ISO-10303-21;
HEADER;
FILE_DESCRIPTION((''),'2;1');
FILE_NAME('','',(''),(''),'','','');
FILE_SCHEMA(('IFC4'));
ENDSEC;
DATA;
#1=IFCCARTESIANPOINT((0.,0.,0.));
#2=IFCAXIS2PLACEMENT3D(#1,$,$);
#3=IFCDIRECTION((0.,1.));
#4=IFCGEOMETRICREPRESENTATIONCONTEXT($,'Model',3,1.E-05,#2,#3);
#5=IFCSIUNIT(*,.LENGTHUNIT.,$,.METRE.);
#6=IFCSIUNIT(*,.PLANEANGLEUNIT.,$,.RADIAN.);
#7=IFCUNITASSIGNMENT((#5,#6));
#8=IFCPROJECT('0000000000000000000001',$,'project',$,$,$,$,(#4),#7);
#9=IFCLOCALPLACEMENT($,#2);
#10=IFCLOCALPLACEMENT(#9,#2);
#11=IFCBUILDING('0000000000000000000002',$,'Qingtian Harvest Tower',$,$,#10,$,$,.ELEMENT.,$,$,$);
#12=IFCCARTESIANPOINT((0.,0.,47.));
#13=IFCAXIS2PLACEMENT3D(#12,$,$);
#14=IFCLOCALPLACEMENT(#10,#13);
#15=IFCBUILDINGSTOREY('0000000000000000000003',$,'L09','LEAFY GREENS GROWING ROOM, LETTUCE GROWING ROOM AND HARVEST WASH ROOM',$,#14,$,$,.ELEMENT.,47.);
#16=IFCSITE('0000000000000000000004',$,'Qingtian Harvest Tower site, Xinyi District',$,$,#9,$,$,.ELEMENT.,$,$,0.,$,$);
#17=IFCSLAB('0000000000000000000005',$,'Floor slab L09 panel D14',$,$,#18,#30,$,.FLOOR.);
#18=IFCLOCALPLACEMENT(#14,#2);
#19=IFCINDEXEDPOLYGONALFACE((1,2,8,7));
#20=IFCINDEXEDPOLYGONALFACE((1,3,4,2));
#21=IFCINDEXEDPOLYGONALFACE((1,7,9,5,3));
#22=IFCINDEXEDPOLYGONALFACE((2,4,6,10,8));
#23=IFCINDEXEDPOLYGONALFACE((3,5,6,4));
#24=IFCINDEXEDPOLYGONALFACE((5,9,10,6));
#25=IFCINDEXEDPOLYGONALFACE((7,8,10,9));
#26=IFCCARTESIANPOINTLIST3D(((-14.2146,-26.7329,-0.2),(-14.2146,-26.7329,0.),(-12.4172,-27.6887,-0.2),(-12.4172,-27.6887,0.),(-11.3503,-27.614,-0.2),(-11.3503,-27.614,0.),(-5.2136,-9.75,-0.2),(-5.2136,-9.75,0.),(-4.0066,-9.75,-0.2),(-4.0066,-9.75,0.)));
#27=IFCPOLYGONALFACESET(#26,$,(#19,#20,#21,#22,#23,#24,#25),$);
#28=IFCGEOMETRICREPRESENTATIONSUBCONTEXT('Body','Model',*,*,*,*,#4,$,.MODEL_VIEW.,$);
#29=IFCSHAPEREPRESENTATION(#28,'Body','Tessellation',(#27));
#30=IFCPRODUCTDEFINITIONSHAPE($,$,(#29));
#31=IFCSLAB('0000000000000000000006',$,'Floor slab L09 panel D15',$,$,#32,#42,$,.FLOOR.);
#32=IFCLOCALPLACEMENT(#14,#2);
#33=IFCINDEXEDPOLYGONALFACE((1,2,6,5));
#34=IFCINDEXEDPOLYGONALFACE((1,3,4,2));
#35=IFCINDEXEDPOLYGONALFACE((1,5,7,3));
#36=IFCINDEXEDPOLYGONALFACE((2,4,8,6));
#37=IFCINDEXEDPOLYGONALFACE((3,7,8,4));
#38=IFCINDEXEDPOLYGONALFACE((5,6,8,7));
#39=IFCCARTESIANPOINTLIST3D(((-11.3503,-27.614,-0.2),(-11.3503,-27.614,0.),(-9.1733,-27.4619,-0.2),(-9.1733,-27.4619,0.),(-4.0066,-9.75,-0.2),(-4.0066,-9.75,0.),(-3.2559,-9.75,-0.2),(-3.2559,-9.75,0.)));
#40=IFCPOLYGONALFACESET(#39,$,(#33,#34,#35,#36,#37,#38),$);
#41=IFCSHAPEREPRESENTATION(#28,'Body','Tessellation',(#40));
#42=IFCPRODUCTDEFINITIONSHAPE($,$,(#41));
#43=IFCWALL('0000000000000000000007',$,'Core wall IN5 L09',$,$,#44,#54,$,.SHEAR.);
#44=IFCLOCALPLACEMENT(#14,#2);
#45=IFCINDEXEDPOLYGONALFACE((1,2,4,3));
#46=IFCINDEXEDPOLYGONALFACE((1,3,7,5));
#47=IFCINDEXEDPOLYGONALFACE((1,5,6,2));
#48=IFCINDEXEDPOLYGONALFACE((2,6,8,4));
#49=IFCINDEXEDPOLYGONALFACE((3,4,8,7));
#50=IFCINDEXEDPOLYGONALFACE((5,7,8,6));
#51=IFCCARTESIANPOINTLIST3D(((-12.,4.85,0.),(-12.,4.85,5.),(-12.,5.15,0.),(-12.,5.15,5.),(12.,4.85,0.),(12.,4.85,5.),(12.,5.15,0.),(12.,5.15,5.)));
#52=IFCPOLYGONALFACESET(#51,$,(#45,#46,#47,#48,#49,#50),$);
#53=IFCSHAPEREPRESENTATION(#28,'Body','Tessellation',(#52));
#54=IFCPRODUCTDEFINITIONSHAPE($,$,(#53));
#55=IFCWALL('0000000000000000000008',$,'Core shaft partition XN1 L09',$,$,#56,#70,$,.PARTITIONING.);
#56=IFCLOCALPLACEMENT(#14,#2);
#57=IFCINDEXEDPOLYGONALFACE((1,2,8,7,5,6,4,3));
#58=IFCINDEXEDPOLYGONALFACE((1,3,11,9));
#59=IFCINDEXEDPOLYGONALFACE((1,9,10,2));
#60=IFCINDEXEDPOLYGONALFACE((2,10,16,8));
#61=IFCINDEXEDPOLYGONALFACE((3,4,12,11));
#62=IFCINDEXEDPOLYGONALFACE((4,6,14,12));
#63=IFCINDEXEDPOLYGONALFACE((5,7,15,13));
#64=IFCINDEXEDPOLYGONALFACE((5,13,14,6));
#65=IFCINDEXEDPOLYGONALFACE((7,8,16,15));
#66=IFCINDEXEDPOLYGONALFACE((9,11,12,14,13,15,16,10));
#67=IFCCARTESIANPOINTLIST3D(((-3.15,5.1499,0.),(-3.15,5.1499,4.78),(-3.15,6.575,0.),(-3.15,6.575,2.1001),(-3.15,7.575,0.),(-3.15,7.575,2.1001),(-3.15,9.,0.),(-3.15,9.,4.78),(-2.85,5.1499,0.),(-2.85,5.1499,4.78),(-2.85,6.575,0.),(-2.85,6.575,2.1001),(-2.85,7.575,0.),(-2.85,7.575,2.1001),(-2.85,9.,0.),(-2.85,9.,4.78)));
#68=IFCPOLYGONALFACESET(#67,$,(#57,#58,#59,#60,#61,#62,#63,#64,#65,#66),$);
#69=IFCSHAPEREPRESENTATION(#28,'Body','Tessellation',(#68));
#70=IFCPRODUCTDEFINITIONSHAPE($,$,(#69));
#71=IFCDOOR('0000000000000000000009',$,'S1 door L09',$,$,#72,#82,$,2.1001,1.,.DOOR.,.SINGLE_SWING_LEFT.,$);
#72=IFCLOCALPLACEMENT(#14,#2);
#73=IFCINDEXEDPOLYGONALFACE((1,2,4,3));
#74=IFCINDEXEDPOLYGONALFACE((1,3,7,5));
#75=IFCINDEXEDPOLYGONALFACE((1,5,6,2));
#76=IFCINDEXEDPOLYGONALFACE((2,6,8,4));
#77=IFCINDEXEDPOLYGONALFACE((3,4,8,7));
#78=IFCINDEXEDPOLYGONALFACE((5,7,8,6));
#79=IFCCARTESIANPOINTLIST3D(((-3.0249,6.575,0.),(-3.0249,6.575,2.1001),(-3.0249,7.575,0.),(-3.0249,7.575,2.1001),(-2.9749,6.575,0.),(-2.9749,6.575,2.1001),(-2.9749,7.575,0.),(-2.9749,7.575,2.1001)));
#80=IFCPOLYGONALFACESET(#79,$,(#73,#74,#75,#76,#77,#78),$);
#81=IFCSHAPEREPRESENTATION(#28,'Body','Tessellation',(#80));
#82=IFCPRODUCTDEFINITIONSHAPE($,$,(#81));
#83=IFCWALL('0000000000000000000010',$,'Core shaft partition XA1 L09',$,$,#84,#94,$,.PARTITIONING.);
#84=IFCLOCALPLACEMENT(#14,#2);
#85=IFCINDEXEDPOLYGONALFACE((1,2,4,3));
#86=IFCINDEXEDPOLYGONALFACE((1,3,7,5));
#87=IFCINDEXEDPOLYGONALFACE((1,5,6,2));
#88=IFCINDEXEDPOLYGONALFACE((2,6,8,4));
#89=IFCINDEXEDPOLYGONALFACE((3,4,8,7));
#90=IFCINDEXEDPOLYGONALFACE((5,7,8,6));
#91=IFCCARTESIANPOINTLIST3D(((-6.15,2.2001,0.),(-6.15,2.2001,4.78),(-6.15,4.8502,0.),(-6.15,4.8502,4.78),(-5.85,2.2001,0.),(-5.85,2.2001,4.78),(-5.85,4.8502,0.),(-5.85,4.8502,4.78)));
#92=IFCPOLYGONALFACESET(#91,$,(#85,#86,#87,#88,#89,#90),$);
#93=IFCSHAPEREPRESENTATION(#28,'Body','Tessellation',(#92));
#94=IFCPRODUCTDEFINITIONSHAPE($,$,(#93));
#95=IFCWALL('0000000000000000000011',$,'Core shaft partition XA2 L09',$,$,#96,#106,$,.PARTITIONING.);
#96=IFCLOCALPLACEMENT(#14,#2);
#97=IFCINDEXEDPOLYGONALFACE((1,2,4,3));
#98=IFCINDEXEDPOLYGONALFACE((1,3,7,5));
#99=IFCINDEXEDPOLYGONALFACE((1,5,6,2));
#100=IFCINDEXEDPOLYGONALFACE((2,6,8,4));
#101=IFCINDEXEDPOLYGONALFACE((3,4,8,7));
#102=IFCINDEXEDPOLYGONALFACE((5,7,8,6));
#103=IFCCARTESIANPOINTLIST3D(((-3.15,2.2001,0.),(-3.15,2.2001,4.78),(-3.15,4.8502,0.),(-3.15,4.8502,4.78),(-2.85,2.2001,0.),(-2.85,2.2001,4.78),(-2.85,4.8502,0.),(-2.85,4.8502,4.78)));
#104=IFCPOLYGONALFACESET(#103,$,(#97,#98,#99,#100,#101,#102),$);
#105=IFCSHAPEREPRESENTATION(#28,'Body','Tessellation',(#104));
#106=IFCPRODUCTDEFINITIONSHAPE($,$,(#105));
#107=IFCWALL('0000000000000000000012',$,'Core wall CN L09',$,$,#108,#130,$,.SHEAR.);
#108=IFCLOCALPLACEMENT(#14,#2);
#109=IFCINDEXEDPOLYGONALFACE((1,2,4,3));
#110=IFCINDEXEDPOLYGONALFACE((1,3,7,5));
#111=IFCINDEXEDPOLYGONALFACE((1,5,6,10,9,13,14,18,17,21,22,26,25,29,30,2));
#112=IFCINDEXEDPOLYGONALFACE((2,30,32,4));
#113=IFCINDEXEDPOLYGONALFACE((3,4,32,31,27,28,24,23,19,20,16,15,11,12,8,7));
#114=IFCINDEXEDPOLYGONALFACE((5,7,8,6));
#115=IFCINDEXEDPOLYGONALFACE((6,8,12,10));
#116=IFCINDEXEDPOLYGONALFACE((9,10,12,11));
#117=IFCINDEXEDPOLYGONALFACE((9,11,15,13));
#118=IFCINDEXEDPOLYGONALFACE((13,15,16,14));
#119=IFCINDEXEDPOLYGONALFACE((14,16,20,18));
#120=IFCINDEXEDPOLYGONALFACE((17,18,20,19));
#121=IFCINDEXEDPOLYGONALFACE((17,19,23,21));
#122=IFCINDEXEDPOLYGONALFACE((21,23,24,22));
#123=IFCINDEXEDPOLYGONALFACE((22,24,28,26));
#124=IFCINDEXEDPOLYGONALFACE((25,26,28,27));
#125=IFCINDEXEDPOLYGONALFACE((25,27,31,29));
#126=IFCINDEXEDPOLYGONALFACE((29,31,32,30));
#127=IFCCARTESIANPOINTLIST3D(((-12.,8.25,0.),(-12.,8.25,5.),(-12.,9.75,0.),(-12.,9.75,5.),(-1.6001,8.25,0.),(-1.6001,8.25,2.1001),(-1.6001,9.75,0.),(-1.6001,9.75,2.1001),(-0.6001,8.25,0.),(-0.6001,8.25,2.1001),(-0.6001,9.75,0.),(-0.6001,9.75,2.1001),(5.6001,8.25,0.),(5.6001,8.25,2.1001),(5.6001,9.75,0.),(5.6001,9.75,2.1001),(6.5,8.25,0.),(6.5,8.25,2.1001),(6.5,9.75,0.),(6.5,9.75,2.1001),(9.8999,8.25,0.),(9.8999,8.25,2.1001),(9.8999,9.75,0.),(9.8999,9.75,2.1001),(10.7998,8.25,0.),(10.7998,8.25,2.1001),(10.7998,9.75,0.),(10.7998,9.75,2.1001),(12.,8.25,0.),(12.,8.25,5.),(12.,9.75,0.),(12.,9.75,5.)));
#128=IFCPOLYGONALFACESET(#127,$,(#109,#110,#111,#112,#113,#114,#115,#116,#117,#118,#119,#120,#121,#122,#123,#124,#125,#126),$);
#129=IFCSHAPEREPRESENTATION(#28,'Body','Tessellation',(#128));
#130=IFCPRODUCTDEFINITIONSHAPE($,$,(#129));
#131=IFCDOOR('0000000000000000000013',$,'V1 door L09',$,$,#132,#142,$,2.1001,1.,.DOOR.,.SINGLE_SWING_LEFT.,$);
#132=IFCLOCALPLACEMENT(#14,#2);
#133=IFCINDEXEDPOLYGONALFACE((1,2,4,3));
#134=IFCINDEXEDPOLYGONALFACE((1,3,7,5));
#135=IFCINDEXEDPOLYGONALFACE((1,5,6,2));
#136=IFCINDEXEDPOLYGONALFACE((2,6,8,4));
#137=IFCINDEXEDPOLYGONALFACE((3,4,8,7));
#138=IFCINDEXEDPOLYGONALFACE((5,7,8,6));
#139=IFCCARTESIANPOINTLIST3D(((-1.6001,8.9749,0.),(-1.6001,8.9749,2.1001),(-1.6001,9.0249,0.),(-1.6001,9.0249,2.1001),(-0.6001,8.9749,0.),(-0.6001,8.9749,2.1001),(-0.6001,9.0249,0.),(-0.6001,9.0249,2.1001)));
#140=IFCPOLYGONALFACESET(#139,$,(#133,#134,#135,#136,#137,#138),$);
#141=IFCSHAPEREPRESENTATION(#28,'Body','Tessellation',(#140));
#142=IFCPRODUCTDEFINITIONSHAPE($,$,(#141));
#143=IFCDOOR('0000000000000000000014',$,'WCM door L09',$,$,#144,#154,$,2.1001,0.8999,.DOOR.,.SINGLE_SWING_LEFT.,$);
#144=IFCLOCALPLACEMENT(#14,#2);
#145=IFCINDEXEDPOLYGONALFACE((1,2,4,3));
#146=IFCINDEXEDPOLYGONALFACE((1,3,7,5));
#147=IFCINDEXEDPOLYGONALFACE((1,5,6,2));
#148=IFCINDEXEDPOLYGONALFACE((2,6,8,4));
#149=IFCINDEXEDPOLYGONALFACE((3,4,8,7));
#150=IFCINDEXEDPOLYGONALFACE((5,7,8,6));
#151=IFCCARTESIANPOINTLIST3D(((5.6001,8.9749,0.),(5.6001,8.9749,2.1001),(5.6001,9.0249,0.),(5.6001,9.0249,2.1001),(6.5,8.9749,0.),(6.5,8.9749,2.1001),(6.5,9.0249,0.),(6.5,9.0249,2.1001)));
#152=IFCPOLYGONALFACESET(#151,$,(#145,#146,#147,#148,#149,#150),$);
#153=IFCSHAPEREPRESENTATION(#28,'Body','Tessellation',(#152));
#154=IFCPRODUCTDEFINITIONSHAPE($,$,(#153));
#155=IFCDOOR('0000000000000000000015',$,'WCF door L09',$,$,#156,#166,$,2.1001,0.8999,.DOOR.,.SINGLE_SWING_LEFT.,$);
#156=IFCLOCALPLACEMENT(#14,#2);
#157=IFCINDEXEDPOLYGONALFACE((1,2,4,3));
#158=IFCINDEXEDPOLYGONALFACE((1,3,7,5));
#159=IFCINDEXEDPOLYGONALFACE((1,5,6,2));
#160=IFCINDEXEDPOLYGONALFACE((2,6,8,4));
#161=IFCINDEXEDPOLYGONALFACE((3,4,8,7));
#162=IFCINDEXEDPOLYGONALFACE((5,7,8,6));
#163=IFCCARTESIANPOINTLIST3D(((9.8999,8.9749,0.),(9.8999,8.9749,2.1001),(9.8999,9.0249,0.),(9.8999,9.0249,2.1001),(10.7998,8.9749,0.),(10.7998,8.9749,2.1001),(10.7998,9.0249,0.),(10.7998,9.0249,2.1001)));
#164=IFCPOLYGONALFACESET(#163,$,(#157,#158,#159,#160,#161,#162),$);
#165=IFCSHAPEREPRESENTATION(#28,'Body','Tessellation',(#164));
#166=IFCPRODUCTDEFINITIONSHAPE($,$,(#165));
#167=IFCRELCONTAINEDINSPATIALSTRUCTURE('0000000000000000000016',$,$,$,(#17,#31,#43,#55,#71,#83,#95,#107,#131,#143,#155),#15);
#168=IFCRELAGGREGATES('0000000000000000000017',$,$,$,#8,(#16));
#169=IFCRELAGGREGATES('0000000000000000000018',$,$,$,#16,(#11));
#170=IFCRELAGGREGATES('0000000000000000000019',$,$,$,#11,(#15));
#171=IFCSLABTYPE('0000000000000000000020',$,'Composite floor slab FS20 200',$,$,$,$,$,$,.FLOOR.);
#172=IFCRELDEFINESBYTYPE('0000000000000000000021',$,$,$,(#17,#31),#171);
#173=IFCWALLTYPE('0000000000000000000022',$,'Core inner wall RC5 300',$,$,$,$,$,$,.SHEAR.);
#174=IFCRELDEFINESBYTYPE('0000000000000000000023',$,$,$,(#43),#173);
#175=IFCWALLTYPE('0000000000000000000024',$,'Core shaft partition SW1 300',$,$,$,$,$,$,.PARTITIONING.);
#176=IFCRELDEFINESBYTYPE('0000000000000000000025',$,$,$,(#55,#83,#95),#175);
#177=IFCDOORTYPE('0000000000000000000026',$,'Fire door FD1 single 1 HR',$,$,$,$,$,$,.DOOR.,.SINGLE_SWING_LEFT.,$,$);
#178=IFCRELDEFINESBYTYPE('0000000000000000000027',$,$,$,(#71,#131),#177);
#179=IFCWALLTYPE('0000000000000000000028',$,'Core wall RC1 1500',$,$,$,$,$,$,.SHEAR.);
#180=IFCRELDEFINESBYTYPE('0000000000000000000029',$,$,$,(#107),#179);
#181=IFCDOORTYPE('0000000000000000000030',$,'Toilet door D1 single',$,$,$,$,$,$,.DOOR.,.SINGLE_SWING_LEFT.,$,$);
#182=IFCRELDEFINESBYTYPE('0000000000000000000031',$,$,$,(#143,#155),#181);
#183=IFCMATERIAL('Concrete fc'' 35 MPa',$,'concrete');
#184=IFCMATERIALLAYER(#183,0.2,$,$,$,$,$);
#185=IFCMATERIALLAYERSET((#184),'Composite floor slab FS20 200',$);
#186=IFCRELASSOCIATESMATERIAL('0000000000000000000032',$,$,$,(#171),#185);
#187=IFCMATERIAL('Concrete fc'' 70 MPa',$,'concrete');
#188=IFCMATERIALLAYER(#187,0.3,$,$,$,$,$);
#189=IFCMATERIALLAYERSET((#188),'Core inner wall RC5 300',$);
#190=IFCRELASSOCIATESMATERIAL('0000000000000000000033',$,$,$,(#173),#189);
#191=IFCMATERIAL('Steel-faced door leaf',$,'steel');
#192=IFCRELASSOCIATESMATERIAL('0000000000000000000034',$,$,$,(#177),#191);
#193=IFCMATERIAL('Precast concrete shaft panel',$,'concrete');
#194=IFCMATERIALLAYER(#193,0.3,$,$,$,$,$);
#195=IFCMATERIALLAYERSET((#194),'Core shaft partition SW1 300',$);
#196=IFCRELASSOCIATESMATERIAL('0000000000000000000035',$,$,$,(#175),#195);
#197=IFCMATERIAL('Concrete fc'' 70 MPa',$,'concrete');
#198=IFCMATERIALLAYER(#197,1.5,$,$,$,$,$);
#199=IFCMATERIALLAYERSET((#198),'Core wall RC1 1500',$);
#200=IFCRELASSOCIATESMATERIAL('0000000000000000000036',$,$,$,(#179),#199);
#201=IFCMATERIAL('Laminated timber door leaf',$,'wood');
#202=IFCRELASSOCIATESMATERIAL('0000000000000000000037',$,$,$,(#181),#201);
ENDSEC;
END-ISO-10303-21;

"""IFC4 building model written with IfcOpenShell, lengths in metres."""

from ifc_helpers import new_model, si_unit, direction, frame, frame_2d, origin, place, context, subcontext, project, spatial, polyline, rectangle, outline, extrude, material, layer, layer_set, type_object, element, fill, save


model = new_model("IFC4")

# Units and contexts
model_context = context("Model", 3, precision=1e-05, world=origin(), true_north=direction((0.0, 1.0)))
body_context = subcontext(model_context, "Body", "Model", "MODEL_VIEW")
ifc_project = project(units=[si_unit("LENGTHUNIT", "METRE"), si_unit("PLANEANGLEUNIT", "RADIAN")], contexts=[model_context])

# Site, building, storey
site_placement = place(None, origin())
site = spatial("IfcSite", under=ifc_project, at=site_placement, Name="Qingtian Harvest Tower site, Xinyi District", CompositionType="ELEMENT", RefElevation=0.0)
building_placement = place(site_placement, origin())
building = spatial("IfcBuilding", under=site, at=building_placement, Name="Qingtian Harvest Tower", CompositionType="ELEMENT")
storey_placement = place(building_placement, frame((0.0, 0.0, 47.0)))
storey = spatial("IfcBuildingStorey", under=building, at=storey_placement, Name="L09", Description="LEAFY GREENS GROWING ROOM, LETTUCE GROWING ROOM AND HARVEST WASH ROOM", CompositionType="ELEMENT", Elevation=47.0)

# Slabs
ifc_material_1 = material(Name="Concrete fc' 35 MPa", Category="concrete")
ifc_layer_1 = layer(ifc_material_1, 0.2)
ifc_layer_set_1 = layer_set([ifc_layer_1], Name="Composite floor slab FS20 200")
slab_type = type_object("IfcSlabType", Name="Composite floor slab FS20 200", PredefinedType="FLOOR", material=ifc_layer_set_1)
slab_1_placement = place(storey_placement, frame((0.0, 0.0, -0.2)))
element("IfcSlab", 1, at=slab_1_placement, inside=storey, type_object=slab_type, Name="Floor slab L09 panel D14", PredefinedType="FLOOR", context=body_context, shape_type="SweptSolid", body=[
    extrude(outline(polyline([(-5.2136, -9.75), (-4.0066, -9.75), (-11.3503, -27.614), (-12.4172, -27.6887), (-14.2146, -26.7329), (-5.2136, -9.75)])), origin(), (0.0, 0.0, 1.0), 0.2),
])
slab_2_placement = place(storey_placement, frame((0.0, 0.0, -0.2)))
element("IfcSlab", 2, at=slab_2_placement, inside=storey, type_object=slab_type, Name="Floor slab L09 panel D15", PredefinedType="FLOOR", context=body_context, shape_type="SweptSolid", body=[
    extrude(outline(polyline([(-3.2559, -9.75), (-9.1733, -27.4619), (-11.3503, -27.614), (-4.0066, -9.75), (-3.2559, -9.75)])), origin(), (0.0, 0.0, 1.0), 0.2),
])

# Wall
ifc_material_2 = material(Name="Concrete fc' 70 MPa", Category="concrete")
ifc_layer_2 = layer(ifc_material_2, 0.3)
ifc_layer_set_2 = layer_set([ifc_layer_2], Name="Core inner wall RC5 300")
wall_type_1 = type_object("IfcWallType", Name="Core inner wall RC5 300", PredefinedType="SHEAR", material=ifc_layer_set_2)
wall_1_placement = place(storey_placement, frame((-12.0, 5.0, 0.0), z_axis=(0.0, 0.0, 1.0), x_axis=(1.0, 0.0, 0.0)))
element("IfcWall", 3, at=wall_1_placement, inside=storey, type_object=wall_type_1, Name="Core wall IN5 L09", PredefinedType="SHEAR", context=body_context, shape_type="SweptSolid", body=[
    extrude(rectangle(XDim=24.0, YDim=0.3, at=frame_2d((12.0, 0.0))), origin(), (0.0, 0.0, 1.0), 5.0),
])

# Shared definitions
ifc_material_3 = material(Name="Steel-faced door leaf", Category="steel")
door_type_1 = type_object("IfcDoorType", Name="Fire door FD1 single 1 HR", OperationType="SINGLE_SWING_LEFT", PredefinedType="DOOR", material=ifc_material_3)

# Wall, opening, door
ifc_material_4 = material(Name="Precast concrete shaft panel", Category="concrete")
ifc_layer_3 = layer(ifc_material_4, 0.3)
ifc_layer_set_3 = layer_set([ifc_layer_3], Name="Core shaft partition SW1 300")
wall_type_2 = type_object("IfcWallType", Name="Core shaft partition SW1 300", PredefinedType="PARTITIONING", material=ifc_layer_set_3)
wall_2_placement = place(storey_placement, frame((-3.0, 5.1499, 0.0), z_axis=(0.0, 0.0, 1.0), x_axis=(0.0, 1.0, 0.0)))
wall_2 = element("IfcWall", 4, at=wall_2_placement, inside=storey, type_object=wall_type_2, Name="Core shaft partition XN1 L09", PredefinedType="PARTITIONING", context=body_context, shape_type="SweptSolid", body=[
    extrude(rectangle(XDim=3.8501, YDim=0.3, at=frame_2d((1.925, 0.0))), origin(), (0.0, 0.0, 1.0), 4.78),
])
opening_1_placement = place(wall_2_placement, frame((1.425, 0.0, 0.0)))
opening_1 = element("IfcOpeningElement", 5, at=opening_1_placement, cuts=wall_2, PredefinedType="OPENING", context=body_context, shape_type="SweptSolid", body=[
    extrude(rectangle(XDim=1.0, YDim=2.1001, at=frame_2d((0.5, 1.05))), frame((0.0, 0.1599, 0.0), z_axis=(0.0, -1.0, 0.0), x_axis=(1.0, 0.0, 0.0)), (0.0, 0.0, 1.0), 0.3201),
])
door_1_placement = place(opening_1_placement, origin())
door_1 = element("IfcDoor", 6, at=door_1_placement, inside=storey, type_object=door_type_1, Name="S1 door L09", OperationType="SINGLE_SWING_LEFT", OverallHeight=2.1001, OverallWidth=1.0, PredefinedType="DOOR", context=body_context, shape_type="SweptSolid", body=[
    extrude(rectangle(XDim=1.0, YDim=2.1001, at=frame_2d((0.5, 1.05))), frame((0.0, 0.0249, 0.0), z_axis=(0.0, -1.0, 0.0), x_axis=(1.0, 0.0, 0.0)), (0.0, 0.0, 1.0), 0.05),
])
fill(opening_1, door_1)

# Walls
for number, where, z_axis, x_axis, name in (
    (7, (-6.0, 2.2, 0.0), (0.0, 0.0, 1.0), (0.0, 1.0, 0.0), "Core shaft partition XA1 L09"),
    (8, (-3.0, 2.2, 0.0), (0.0, 0.0, 1.0), (0.0, 1.0, 0.0), "Core shaft partition XA2 L09"),
):
    element("IfcWall", number, at=place(storey_placement, frame(where, z_axis=z_axis, x_axis=x_axis)), inside=storey, type_object=wall_type_2, Name=name, PredefinedType="PARTITIONING", context=body_context, shape_type="SweptSolid", body=[
        extrude(rectangle(XDim=2.6501, YDim=0.3, at=frame_2d((1.3252, 0.0))), origin(), (0.0, 0.0, 1.0), 4.78),
    ])

# Wall, openings, doors
ifc_material_5 = material(Name="Concrete fc' 70 MPa", Category="concrete")
ifc_layer_4 = layer(ifc_material_5, 1.5)
ifc_layer_set_4 = layer_set([ifc_layer_4], Name="Core wall RC1 1500")
wall_type_3 = type_object("IfcWallType", Name="Core wall RC1 1500", PredefinedType="SHEAR", material=ifc_layer_set_4)
wall_3_placement = place(storey_placement, frame((-12.0, 9.0, 0.0), z_axis=(0.0, 0.0, 1.0), x_axis=(1.0, 0.0, 0.0)))
wall_3 = element("IfcWall", 9, at=wall_3_placement, inside=storey, type_object=wall_type_3, Name="Core wall CN L09", PredefinedType="SHEAR", context=body_context, shape_type="SweptSolid", body=[
    extrude(rectangle(XDim=24.0, YDim=1.5, at=frame_2d((12.0, 0.0))), origin(), (0.0, 0.0, 1.0), 5.0),
])
opening_2_placement = place(wall_3_placement, frame((10.3999, 0.0, 0.0)))
opening_2 = element("IfcOpeningElement", 10, at=opening_2_placement, cuts=wall_3, PredefinedType="OPENING", context=body_context, shape_type="SweptSolid", body=[
    extrude(rectangle(XDim=1.0, YDim=2.1001, at=frame_2d((0.5, 1.05))), frame((0.0, 0.76, 0.0), z_axis=(0.0, -1.0, 0.0), x_axis=(1.0, 0.0, 0.0)), (0.0, 0.0, 1.0), 1.52),
])
opening_3_placement = place(wall_3_placement, frame((17.6001, 0.0, 0.0)))
opening_3 = element("IfcOpeningElement", 11, at=opening_3_placement, cuts=wall_3, PredefinedType="OPENING", context=body_context, shape_type="SweptSolid", body=[
    extrude(rectangle(XDim=0.8999, YDim=2.1001, at=frame_2d((0.45, 1.05))), frame((0.0, 0.76, 0.0), z_axis=(0.0, -1.0, 0.0), x_axis=(1.0, 0.0, 0.0)), (0.0, 0.0, 1.0), 1.52),
])
opening_4_placement = place(wall_3_placement, frame((21.8999, 0.0, 0.0)))
opening_4 = element("IfcOpeningElement", 12, at=opening_4_placement, cuts=wall_3, PredefinedType="OPENING", context=body_context, shape_type="SweptSolid", body=[
    extrude(rectangle(XDim=0.8999, YDim=2.1001, at=frame_2d((0.45, 1.05))), frame((0.0, 0.76, 0.0), z_axis=(0.0, -1.0, 0.0), x_axis=(1.0, 0.0, 0.0)), (0.0, 0.0, 1.0), 1.52),
])
door_2_placement = place(opening_2_placement, origin())
door_2 = element("IfcDoor", 13, at=door_2_placement, inside=storey, type_object=door_type_1, Name="V1 door L09", OperationType="SINGLE_SWING_LEFT", OverallHeight=2.1001, OverallWidth=1.0, PredefinedType="DOOR", context=body_context, shape_type="SweptSolid", body=[
    extrude(rectangle(XDim=1.0, YDim=2.1001, at=frame_2d((0.5, 1.05))), frame((0.0, 0.0249, 0.0), z_axis=(0.0, -1.0, 0.0), x_axis=(1.0, 0.0, 0.0)), (0.0, 0.0, 1.0), 0.05),
])
fill(opening_2, door_2)
ifc_material_6 = material(Name="Laminated timber door leaf", Category="wood")
door_type_2 = type_object("IfcDoorType", Name="Toilet door D1 single", OperationType="SINGLE_SWING_LEFT", PredefinedType="DOOR", material=ifc_material_6)
door_3_placement = place(opening_3_placement, origin())
door_3 = element("IfcDoor", 14, at=door_3_placement, inside=storey, type_object=door_type_2, Name="WCM door L09", OperationType="SINGLE_SWING_LEFT", OverallHeight=2.1001, OverallWidth=0.8999, PredefinedType="DOOR", context=body_context, shape_type="SweptSolid", body=[
    extrude(rectangle(XDim=0.8999, YDim=2.1001, at=frame_2d((0.45, 1.05))), frame((0.0, 0.0249, 0.0), z_axis=(0.0, -1.0, 0.0), x_axis=(1.0, 0.0, 0.0)), (0.0, 0.0, 1.0), 0.05),
])
fill(opening_3, door_3)
door_4_placement = place(opening_4_placement, origin())
door_4 = element("IfcDoor", 15, at=door_4_placement, inside=storey, type_object=door_type_2, Name="WCF door L09", OperationType="SINGLE_SWING_LEFT", OverallHeight=2.1001, OverallWidth=0.8999, PredefinedType="DOOR", context=body_context, shape_type="SweptSolid", body=[
    extrude(rectangle(XDim=0.8999, YDim=2.1001, at=frame_2d((0.45, 1.05))), frame((0.0, 0.0249, 0.0), z_axis=(0.0, -1.0, 0.0), x_axis=(1.0, 0.0, 0.0)), (0.0, 0.0, 1.0), 0.05),
])
fill(opening_4, door_4)

save(model, "model.ifc")
